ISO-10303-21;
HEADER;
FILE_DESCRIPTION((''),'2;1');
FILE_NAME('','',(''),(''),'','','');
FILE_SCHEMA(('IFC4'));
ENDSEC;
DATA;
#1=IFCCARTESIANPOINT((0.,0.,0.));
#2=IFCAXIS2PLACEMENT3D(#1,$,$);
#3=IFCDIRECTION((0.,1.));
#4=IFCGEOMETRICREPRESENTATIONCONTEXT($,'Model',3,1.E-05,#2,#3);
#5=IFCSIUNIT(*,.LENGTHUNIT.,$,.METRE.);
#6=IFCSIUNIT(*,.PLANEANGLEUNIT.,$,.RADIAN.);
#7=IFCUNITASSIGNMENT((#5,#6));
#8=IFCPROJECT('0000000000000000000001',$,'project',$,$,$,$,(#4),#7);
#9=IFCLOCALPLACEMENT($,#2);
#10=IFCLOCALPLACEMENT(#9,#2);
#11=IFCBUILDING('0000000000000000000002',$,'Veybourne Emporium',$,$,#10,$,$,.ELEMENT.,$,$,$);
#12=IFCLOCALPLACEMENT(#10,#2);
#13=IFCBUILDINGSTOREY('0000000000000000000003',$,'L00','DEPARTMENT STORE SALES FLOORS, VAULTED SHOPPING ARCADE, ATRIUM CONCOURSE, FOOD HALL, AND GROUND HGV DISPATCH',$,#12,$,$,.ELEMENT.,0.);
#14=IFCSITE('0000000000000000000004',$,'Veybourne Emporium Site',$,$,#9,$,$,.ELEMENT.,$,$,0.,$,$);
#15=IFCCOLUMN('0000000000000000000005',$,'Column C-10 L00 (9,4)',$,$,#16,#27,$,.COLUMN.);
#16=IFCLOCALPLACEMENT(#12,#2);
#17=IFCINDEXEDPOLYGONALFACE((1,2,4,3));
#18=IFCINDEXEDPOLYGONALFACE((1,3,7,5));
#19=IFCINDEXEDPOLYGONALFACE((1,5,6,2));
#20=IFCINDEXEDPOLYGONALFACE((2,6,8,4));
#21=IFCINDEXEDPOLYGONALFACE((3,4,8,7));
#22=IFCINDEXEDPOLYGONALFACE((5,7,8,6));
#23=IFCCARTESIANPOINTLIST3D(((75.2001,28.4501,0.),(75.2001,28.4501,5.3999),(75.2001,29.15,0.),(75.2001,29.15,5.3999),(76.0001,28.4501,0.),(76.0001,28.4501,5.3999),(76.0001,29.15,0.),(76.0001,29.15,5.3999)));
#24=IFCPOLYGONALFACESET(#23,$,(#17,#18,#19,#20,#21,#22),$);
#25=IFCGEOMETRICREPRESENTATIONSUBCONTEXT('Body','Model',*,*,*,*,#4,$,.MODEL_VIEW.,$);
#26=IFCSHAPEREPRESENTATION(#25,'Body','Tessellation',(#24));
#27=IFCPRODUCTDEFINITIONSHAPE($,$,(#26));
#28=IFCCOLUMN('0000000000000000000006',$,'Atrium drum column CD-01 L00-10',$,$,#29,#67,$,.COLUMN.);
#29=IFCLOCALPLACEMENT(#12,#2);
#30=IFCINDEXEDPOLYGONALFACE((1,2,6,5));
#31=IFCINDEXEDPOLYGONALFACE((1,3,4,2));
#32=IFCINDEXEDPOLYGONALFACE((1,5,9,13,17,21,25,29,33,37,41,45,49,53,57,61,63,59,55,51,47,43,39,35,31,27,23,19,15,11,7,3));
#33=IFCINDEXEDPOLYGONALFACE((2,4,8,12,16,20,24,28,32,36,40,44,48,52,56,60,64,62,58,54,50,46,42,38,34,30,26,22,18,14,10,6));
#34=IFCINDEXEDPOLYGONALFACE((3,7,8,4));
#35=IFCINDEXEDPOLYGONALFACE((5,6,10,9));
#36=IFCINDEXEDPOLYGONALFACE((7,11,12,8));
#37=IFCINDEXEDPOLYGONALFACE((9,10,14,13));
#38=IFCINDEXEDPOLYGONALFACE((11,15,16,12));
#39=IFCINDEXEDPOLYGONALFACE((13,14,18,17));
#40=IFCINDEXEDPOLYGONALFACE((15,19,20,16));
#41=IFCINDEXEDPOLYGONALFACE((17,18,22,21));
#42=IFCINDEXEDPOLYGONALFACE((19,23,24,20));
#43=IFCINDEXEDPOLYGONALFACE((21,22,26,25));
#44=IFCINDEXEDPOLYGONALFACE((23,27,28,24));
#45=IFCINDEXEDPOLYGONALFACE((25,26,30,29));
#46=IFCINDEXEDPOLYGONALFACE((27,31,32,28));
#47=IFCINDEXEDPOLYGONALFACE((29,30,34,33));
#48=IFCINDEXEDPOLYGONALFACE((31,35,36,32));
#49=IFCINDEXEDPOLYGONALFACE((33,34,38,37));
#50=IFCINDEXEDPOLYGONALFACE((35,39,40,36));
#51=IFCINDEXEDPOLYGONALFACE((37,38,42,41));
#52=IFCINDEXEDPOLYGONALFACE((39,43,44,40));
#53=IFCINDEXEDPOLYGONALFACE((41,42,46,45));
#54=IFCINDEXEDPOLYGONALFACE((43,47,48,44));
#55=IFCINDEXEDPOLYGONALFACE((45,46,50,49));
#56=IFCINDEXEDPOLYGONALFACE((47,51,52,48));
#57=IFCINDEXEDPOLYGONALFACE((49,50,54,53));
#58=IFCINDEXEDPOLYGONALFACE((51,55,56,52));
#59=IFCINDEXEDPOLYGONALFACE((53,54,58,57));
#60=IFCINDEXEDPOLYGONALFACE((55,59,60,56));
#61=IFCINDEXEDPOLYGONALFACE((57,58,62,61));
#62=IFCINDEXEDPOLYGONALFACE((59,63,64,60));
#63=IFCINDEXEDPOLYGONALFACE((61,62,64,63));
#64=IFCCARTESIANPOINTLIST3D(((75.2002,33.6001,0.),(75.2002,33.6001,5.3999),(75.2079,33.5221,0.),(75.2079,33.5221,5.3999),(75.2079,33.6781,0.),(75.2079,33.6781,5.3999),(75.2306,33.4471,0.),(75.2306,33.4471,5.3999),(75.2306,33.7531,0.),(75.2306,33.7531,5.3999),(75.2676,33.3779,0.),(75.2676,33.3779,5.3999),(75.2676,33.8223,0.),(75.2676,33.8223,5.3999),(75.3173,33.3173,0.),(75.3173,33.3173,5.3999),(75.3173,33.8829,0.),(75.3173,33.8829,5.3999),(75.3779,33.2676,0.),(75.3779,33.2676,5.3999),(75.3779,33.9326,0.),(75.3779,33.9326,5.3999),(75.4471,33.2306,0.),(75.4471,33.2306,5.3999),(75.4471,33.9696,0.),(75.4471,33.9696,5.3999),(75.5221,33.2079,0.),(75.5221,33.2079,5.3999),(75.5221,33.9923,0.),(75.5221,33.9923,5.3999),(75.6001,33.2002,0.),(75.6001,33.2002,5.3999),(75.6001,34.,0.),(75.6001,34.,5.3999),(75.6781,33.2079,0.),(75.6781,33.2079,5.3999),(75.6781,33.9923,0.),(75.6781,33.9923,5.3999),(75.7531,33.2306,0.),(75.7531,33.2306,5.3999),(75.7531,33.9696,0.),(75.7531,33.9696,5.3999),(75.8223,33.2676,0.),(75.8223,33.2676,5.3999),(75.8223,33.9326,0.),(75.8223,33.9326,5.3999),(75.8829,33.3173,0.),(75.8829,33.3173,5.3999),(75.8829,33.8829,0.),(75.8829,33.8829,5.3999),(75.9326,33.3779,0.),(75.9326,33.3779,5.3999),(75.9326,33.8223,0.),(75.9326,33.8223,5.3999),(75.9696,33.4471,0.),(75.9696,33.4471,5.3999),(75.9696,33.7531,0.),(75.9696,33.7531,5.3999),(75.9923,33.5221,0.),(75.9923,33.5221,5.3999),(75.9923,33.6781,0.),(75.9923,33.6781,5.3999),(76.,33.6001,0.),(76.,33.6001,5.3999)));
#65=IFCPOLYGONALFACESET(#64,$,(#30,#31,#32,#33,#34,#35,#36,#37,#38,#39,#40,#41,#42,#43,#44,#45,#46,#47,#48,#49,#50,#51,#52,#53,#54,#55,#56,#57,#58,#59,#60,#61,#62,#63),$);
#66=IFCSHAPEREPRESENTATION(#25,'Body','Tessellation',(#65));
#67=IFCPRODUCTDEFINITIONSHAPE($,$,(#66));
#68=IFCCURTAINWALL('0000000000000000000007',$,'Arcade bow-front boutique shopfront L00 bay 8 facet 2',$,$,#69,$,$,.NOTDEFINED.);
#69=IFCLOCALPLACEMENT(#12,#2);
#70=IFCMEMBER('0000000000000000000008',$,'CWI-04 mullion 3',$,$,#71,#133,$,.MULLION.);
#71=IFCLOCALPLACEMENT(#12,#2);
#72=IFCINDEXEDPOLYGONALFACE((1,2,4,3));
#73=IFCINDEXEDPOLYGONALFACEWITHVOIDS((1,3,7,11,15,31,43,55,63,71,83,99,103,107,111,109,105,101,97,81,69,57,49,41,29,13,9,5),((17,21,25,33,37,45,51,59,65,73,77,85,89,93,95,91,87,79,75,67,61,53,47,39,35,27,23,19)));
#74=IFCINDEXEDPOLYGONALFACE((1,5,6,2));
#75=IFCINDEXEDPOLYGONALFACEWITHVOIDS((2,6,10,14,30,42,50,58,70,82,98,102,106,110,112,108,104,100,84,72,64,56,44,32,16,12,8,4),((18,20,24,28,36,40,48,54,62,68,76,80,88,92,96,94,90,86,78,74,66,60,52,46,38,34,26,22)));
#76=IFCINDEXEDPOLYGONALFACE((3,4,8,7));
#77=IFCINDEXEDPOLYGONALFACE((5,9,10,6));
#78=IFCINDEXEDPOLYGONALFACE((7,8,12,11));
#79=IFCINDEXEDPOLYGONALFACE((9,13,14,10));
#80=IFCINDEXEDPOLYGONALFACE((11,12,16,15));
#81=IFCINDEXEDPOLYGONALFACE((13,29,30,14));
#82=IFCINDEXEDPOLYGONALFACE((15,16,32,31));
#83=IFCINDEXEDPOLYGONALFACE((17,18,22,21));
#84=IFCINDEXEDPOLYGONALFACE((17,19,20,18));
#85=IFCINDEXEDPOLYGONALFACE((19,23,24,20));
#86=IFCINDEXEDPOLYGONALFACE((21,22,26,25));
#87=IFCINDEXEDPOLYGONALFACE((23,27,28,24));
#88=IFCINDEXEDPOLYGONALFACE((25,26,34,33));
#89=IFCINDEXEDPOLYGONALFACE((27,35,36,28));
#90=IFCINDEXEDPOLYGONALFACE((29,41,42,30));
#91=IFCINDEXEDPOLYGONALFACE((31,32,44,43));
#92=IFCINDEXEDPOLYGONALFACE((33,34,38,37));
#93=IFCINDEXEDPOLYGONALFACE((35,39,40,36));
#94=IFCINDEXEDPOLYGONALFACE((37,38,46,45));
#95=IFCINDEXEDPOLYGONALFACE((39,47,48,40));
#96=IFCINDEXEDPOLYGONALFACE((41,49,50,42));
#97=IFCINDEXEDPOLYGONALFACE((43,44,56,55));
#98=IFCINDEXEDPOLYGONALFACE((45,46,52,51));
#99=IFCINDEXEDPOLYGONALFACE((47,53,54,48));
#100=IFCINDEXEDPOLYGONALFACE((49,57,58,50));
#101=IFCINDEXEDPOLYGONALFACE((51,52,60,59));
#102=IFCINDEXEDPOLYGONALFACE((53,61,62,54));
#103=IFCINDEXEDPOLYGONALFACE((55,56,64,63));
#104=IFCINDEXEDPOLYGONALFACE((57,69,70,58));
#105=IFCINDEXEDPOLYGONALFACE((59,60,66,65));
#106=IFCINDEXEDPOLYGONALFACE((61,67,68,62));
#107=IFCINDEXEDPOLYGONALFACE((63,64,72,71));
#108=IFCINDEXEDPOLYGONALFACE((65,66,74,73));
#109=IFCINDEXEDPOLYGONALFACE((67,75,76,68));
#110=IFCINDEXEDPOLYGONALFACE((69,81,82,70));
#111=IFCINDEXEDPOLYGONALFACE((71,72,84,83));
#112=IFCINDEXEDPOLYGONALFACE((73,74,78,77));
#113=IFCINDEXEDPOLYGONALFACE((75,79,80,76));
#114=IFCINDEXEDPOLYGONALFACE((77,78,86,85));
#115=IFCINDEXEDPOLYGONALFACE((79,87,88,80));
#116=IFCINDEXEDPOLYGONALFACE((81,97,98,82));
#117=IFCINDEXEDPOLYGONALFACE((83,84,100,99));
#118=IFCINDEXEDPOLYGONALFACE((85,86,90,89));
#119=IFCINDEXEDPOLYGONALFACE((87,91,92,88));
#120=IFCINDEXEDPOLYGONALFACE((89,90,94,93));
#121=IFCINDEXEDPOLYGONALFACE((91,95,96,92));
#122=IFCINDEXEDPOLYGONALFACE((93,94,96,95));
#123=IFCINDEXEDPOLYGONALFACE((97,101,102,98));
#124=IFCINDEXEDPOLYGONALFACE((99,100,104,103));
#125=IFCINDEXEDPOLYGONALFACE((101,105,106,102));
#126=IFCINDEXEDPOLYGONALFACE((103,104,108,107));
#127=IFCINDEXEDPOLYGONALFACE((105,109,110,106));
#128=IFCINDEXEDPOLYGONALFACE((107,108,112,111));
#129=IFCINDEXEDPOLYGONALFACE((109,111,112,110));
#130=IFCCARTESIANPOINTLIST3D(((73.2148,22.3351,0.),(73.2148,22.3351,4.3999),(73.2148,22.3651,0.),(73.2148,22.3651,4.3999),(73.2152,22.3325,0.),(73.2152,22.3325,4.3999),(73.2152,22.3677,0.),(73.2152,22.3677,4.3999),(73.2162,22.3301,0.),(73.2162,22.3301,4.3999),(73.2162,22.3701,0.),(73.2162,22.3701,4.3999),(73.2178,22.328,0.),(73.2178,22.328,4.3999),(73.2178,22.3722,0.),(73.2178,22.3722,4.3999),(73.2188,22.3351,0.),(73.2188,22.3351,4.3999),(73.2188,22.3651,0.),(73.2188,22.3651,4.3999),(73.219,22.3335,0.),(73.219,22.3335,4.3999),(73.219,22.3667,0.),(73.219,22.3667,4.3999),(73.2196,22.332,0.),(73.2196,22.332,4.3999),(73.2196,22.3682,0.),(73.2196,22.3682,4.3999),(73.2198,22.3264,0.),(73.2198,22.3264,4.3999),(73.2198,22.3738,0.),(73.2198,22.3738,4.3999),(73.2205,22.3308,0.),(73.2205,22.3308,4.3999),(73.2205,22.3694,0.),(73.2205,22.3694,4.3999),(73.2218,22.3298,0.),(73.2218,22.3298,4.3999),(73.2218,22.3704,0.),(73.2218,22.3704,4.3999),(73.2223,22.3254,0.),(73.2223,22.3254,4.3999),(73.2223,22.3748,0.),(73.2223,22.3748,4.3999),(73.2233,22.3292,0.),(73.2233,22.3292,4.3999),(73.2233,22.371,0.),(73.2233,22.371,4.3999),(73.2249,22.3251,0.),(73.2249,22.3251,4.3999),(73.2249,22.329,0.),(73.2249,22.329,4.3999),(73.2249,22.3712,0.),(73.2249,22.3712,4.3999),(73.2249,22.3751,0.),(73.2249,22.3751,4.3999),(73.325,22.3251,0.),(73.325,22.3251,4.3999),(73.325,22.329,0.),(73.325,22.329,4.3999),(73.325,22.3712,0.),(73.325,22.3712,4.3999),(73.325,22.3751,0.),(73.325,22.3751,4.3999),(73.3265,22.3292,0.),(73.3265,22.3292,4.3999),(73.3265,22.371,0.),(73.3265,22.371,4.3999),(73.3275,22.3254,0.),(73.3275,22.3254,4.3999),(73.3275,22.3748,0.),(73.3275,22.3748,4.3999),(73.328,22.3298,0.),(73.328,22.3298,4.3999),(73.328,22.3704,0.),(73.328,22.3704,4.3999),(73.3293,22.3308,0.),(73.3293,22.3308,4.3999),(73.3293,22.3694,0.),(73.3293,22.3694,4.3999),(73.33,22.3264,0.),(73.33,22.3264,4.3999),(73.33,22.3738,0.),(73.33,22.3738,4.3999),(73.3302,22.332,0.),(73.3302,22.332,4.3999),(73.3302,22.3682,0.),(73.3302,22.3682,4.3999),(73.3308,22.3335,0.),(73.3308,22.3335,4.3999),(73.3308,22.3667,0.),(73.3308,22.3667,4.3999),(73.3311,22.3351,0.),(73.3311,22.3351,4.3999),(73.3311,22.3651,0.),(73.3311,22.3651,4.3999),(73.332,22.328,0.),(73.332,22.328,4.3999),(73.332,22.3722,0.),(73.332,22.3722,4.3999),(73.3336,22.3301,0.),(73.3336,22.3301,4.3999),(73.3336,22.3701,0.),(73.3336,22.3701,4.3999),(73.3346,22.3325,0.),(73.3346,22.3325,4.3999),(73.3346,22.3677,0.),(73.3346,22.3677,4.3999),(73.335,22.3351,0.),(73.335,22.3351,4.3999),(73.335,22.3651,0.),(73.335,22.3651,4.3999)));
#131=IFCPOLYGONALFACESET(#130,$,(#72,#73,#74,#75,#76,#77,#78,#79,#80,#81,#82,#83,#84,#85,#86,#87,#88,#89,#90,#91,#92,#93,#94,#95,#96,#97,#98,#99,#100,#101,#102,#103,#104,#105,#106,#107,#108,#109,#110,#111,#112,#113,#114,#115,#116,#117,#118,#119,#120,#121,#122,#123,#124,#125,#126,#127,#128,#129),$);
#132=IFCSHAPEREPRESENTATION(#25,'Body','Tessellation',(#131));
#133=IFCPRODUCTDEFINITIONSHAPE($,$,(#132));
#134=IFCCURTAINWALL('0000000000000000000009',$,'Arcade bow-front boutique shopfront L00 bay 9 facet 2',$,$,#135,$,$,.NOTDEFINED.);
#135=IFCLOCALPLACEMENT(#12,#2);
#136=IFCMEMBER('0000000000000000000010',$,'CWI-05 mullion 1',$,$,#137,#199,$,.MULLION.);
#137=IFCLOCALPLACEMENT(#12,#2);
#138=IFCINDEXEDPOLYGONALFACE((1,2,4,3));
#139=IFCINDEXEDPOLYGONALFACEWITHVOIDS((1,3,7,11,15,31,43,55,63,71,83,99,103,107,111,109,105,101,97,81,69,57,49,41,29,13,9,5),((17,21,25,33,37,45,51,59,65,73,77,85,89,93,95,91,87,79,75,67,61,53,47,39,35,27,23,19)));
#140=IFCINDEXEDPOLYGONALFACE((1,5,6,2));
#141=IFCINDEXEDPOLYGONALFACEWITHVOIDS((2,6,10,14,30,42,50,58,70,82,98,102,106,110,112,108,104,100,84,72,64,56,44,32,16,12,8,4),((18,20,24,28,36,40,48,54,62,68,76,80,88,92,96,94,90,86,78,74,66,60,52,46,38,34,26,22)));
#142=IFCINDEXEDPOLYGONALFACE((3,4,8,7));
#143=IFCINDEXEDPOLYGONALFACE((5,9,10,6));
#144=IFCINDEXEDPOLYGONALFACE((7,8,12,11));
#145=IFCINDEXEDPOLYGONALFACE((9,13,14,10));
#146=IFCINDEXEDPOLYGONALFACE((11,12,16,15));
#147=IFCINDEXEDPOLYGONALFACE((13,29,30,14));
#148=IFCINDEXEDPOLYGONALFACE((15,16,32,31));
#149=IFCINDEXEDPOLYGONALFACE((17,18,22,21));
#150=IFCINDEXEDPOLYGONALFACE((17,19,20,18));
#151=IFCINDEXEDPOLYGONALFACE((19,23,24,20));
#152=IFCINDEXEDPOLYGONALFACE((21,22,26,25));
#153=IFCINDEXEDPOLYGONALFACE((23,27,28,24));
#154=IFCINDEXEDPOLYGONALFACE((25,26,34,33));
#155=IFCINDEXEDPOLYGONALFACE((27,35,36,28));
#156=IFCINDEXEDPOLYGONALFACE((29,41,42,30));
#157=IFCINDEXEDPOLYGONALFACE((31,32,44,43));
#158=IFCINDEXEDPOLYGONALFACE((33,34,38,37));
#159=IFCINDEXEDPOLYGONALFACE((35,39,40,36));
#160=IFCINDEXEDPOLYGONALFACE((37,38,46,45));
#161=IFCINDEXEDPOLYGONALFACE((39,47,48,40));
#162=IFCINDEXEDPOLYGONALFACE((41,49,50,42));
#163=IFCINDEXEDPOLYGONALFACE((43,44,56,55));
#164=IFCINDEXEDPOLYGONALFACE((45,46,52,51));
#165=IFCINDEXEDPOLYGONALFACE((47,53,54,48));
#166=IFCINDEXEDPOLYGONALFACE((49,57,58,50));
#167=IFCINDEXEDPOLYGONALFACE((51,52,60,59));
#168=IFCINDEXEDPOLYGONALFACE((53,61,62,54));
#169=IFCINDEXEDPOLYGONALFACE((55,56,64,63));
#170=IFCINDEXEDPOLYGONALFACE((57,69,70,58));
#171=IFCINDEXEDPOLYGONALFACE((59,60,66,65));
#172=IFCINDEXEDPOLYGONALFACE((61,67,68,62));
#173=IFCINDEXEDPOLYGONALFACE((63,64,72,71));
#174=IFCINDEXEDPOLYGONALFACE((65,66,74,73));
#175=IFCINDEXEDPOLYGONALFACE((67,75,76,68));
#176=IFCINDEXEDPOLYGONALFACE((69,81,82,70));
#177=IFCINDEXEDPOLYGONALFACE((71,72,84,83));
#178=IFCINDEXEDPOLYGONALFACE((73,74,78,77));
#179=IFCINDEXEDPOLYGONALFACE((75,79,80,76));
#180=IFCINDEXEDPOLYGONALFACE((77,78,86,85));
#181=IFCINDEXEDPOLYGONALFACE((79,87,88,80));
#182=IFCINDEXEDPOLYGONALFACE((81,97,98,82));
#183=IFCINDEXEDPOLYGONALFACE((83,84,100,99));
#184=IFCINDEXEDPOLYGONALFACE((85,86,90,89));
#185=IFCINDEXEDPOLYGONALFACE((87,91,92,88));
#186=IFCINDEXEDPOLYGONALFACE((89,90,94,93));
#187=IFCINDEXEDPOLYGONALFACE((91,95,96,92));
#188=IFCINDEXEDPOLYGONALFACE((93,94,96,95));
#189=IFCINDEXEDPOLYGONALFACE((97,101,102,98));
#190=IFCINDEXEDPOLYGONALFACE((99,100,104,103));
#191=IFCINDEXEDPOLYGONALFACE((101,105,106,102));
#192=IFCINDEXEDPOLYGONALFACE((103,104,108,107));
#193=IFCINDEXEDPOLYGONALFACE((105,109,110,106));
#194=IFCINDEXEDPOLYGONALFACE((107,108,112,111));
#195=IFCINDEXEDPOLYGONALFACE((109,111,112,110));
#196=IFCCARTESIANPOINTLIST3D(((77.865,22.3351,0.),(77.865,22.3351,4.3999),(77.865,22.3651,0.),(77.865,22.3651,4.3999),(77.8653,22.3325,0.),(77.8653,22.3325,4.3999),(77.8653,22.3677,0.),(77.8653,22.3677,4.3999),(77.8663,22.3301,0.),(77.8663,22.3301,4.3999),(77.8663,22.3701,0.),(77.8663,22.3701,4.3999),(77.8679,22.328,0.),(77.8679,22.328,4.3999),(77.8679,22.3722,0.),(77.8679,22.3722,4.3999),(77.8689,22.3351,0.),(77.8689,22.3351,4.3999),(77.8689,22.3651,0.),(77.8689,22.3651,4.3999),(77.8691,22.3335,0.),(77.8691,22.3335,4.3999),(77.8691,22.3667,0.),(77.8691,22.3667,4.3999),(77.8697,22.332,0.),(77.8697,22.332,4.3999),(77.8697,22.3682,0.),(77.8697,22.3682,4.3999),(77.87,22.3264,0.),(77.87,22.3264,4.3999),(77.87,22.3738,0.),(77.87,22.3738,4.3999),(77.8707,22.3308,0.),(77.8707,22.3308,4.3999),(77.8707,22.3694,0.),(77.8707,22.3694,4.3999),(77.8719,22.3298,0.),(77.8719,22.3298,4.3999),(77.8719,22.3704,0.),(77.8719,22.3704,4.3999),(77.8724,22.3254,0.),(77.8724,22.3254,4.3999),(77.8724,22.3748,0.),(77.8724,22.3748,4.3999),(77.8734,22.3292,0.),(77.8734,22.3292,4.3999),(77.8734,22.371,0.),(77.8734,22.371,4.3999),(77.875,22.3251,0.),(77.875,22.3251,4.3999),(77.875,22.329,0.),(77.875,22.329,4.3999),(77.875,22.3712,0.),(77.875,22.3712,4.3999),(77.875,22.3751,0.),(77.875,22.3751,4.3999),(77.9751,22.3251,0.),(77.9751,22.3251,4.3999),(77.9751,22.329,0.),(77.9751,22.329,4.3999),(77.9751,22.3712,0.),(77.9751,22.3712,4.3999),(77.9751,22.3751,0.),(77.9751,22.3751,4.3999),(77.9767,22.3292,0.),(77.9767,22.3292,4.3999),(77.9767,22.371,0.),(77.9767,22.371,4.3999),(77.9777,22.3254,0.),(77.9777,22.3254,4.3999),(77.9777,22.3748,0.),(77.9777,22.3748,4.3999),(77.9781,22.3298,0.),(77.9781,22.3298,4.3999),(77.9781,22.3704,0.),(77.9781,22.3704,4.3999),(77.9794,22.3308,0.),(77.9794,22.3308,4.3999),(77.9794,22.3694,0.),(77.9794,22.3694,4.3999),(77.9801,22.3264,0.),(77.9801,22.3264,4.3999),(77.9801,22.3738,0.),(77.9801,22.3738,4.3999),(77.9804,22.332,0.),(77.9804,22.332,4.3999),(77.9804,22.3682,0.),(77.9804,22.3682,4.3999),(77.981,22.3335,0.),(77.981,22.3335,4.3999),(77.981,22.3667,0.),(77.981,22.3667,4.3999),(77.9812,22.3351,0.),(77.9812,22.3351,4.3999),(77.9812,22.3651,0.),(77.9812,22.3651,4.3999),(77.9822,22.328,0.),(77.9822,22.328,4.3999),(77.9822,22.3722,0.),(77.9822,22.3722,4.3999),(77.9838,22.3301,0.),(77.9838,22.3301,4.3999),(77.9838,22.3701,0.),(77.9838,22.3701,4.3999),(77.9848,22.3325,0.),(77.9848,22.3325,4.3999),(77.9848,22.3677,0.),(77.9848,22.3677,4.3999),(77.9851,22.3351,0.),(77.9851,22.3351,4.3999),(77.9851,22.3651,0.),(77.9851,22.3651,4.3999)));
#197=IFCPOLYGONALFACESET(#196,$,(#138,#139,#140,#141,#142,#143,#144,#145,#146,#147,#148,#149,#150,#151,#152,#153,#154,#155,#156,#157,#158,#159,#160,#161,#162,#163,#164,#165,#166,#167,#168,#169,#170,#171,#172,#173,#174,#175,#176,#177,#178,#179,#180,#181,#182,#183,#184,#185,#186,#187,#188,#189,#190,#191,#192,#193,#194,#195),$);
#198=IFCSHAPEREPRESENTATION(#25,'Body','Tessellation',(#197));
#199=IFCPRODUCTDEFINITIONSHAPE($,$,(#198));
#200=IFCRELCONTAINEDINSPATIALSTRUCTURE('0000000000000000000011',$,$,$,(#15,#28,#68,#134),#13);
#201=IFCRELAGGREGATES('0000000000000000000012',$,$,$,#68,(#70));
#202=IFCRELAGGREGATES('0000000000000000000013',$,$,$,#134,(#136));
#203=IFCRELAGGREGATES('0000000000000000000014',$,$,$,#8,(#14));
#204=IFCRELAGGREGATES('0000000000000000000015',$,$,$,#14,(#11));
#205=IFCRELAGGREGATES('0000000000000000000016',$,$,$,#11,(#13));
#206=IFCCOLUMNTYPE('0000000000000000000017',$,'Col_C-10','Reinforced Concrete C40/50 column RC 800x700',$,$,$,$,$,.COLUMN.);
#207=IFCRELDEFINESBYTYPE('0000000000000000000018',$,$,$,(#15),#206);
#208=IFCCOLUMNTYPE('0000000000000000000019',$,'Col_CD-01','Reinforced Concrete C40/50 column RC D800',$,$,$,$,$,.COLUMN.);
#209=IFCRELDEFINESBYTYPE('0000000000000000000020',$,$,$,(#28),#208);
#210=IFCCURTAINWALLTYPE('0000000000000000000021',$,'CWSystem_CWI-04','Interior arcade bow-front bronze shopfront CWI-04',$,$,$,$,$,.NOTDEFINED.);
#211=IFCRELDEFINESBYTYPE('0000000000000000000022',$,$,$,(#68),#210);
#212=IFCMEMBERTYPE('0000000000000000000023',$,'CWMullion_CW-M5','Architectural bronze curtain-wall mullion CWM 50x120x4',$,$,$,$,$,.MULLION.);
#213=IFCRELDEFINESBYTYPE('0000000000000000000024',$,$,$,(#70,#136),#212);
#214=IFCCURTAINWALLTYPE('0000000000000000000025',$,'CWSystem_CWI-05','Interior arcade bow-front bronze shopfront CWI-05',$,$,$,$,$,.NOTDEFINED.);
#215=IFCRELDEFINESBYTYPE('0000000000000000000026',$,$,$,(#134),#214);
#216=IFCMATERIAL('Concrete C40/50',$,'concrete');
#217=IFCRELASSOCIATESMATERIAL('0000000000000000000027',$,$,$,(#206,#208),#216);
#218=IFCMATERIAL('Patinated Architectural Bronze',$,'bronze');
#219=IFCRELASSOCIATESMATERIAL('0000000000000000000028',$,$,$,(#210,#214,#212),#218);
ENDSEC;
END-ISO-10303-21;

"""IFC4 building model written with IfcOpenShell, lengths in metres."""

from ifc_helpers import new_model, si_unit, direction, frame, origin, origin_2d, place, context, subcontext, project, spatial, rectangle, hollow_rectangle, circle, extrude, material, material_profile, profile_set, type_object, element, aggregate, save


model = new_model("IFC4")

# Units and contexts
model_context = context("Model", 3, precision=1e-05, world=origin(), true_north=direction((0.0, 1.0)))
body_context = subcontext(model_context, "Body", "Model", "MODEL_VIEW")
ifc_project = project(units=[si_unit("LENGTHUNIT", "METRE"), si_unit("PLANEANGLEUNIT", "RADIAN")], contexts=[model_context])

# Site, building, storey
site_placement = place(None, origin())
site = spatial("IfcSite", under=ifc_project, at=site_placement, Name="Veybourne Emporium Site", CompositionType="ELEMENT", RefElevation=0.0)
building_placement = place(site_placement, origin())
building = spatial("IfcBuilding", under=site, at=building_placement, Name="Veybourne Emporium", CompositionType="ELEMENT")
storey_placement = place(building_placement, origin())
storey = spatial("IfcBuildingStorey", under=building, at=storey_placement, Name="L00", Description="DEPARTMENT STORE SALES FLOORS, VAULTED SHOPPING ARCADE, ATRIUM CONCOURSE, FOOD HALL, AND GROUND HGV DISPATCH", CompositionType="ELEMENT", Elevation=0.0)

# Columns
ifc_material_1 = material(Name="Concrete C40/50", Category="concrete")
ifc_material_profile_1 = material_profile(ifc_material_1, rectangle(XDim=0.8, YDim=0.7, at=origin_2d()), Name="RC 800x700")
ifc_profile_set_1 = profile_set([ifc_material_profile_1], Name="Concrete C40/50")
column_type_1 = type_object("IfcColumnType", Name="Col_C-10", Description="Reinforced Concrete C40/50 column RC 800x700", PredefinedType="COLUMN", material=ifc_profile_set_1)
column_1_placement = place(storey_placement, frame((75.6001, 28.8, 0.0), z_axis=(0.0, 0.0, 1.0), x_axis=(1.0, 0.0, 0.0)))
element("IfcColumn", 1, at=column_1_placement, inside=storey, type_object=column_type_1, Name="Column C-10 L00 (9,4)", PredefinedType="COLUMN", context=body_context, shape_type="SweptSolid", body=[
    extrude(rectangle(XDim=0.8, YDim=0.7, at=origin_2d()), origin(), (0.0, 0.0, 1.0), 5.3999),
])
ifc_material_profile_2 = material_profile(ifc_material_1, circle(Radius=0.3999, at=origin_2d()), Name="RC D800")
ifc_profile_set_2 = profile_set([ifc_material_profile_2], Name="Concrete C40/50")
column_type_2 = type_object("IfcColumnType", Name="Col_CD-01", Description="Reinforced Concrete C40/50 column RC D800", PredefinedType="COLUMN", material=ifc_profile_set_2)
column_2_placement = place(storey_placement, frame((75.6001, 33.6001, 0.0), z_axis=(0.0, 0.0, 1.0), x_axis=(1.0, 0.0, 0.0)))
element("IfcColumn", 2, at=column_2_placement, inside=storey, type_object=column_type_2, Name="Atrium drum column CD-01 L00-10", PredefinedType="COLUMN", context=body_context, shape_type="SweptSolid", body=[
    extrude(circle(Radius=0.3999, at=origin_2d()), origin(), (0.0, 0.0, 1.0), 5.3999),
])

# Curtain walls, members
ifc_material_2 = material(Name="Patinated Architectural Bronze", Category="bronze")
curtain_wall_type_1 = type_object("IfcCurtainWallType", Name="CWSystem_CWI-04", Description="Interior arcade bow-front bronze shopfront CWI-04", PredefinedType="NOTDEFINED", material=ifc_material_2)
curtain_wall_1_placement = place(storey_placement, origin())
curtain_wall_1 = element("IfcCurtainWall", 3, at=curtain_wall_1_placement, inside=storey, type_object=curtain_wall_type_1, Name="Arcade bow-front boutique shopfront L00 bay 8 facet 2", PredefinedType="NOTDEFINED")
ifc_material_profile_3 = material_profile(ifc_material_2, hollow_rectangle(XDim=0.05, YDim=0.1201, WallThickness=0.0039, InnerFilletRadius=0.0061, OuterFilletRadius=0.01, at=origin_2d()), Name="CWM 50x120x4")
ifc_profile_set_3 = profile_set([ifc_material_profile_3], Name="Patinated Architectural Bronze")
member_type_1 = type_object("IfcMemberType", Name="CWMullion_CW-M5", Description="Architectural bronze curtain-wall mullion CWM 50x120x4", PredefinedType="MULLION", material=ifc_profile_set_3)
member_1_placement = place(storey_placement, frame((73.2749, 22.3501, 0.0), z_axis=(0.0, 0.0, 1.0), x_axis=(0.0, 1.0, 0.0)))
member_1 = element("IfcMember", 4, at=member_1_placement, type_object=member_type_1, Name="CWI-04 mullion 3", PredefinedType="MULLION", context=body_context, shape_type="SweptSolid", body=[
    extrude(hollow_rectangle(XDim=0.05, YDim=0.1201, WallThickness=0.0039, InnerFilletRadius=0.0061, OuterFilletRadius=0.01, at=origin_2d()), origin(), (0.0, 0.0, 1.0), 4.3999),
])
curtain_wall_type_2 = type_object("IfcCurtainWallType", Name="CWSystem_CWI-05", Description="Interior arcade bow-front bronze shopfront CWI-05", PredefinedType="NOTDEFINED", material=ifc_material_2)
curtain_wall_2_placement = place(storey_placement, origin())
curtain_wall_2 = element("IfcCurtainWall", 5, at=curtain_wall_2_placement, inside=storey, type_object=curtain_wall_type_2, Name="Arcade bow-front boutique shopfront L00 bay 9 facet 2", PredefinedType="NOTDEFINED")
member_2_placement = place(storey_placement, frame((77.925, 22.3501, 0.0), z_axis=(0.0, 0.0, 1.0), x_axis=(0.0, 1.0, 0.0)))
member_2 = element("IfcMember", 6, at=member_2_placement, type_object=member_type_1, Name="CWI-05 mullion 1", PredefinedType="MULLION", context=body_context, shape_type="SweptSolid", body=[
    extrude(hollow_rectangle(XDim=0.05, YDim=0.1201, WallThickness=0.0039, InnerFilletRadius=0.0061, OuterFilletRadius=0.01, at=origin_2d()), origin(), (0.0, 0.0, 1.0), 4.3999),
])

aggregate(curtain_wall_1, [member_1])
aggregate(curtain_wall_2, [member_2])

save(model, "model.ifc")
